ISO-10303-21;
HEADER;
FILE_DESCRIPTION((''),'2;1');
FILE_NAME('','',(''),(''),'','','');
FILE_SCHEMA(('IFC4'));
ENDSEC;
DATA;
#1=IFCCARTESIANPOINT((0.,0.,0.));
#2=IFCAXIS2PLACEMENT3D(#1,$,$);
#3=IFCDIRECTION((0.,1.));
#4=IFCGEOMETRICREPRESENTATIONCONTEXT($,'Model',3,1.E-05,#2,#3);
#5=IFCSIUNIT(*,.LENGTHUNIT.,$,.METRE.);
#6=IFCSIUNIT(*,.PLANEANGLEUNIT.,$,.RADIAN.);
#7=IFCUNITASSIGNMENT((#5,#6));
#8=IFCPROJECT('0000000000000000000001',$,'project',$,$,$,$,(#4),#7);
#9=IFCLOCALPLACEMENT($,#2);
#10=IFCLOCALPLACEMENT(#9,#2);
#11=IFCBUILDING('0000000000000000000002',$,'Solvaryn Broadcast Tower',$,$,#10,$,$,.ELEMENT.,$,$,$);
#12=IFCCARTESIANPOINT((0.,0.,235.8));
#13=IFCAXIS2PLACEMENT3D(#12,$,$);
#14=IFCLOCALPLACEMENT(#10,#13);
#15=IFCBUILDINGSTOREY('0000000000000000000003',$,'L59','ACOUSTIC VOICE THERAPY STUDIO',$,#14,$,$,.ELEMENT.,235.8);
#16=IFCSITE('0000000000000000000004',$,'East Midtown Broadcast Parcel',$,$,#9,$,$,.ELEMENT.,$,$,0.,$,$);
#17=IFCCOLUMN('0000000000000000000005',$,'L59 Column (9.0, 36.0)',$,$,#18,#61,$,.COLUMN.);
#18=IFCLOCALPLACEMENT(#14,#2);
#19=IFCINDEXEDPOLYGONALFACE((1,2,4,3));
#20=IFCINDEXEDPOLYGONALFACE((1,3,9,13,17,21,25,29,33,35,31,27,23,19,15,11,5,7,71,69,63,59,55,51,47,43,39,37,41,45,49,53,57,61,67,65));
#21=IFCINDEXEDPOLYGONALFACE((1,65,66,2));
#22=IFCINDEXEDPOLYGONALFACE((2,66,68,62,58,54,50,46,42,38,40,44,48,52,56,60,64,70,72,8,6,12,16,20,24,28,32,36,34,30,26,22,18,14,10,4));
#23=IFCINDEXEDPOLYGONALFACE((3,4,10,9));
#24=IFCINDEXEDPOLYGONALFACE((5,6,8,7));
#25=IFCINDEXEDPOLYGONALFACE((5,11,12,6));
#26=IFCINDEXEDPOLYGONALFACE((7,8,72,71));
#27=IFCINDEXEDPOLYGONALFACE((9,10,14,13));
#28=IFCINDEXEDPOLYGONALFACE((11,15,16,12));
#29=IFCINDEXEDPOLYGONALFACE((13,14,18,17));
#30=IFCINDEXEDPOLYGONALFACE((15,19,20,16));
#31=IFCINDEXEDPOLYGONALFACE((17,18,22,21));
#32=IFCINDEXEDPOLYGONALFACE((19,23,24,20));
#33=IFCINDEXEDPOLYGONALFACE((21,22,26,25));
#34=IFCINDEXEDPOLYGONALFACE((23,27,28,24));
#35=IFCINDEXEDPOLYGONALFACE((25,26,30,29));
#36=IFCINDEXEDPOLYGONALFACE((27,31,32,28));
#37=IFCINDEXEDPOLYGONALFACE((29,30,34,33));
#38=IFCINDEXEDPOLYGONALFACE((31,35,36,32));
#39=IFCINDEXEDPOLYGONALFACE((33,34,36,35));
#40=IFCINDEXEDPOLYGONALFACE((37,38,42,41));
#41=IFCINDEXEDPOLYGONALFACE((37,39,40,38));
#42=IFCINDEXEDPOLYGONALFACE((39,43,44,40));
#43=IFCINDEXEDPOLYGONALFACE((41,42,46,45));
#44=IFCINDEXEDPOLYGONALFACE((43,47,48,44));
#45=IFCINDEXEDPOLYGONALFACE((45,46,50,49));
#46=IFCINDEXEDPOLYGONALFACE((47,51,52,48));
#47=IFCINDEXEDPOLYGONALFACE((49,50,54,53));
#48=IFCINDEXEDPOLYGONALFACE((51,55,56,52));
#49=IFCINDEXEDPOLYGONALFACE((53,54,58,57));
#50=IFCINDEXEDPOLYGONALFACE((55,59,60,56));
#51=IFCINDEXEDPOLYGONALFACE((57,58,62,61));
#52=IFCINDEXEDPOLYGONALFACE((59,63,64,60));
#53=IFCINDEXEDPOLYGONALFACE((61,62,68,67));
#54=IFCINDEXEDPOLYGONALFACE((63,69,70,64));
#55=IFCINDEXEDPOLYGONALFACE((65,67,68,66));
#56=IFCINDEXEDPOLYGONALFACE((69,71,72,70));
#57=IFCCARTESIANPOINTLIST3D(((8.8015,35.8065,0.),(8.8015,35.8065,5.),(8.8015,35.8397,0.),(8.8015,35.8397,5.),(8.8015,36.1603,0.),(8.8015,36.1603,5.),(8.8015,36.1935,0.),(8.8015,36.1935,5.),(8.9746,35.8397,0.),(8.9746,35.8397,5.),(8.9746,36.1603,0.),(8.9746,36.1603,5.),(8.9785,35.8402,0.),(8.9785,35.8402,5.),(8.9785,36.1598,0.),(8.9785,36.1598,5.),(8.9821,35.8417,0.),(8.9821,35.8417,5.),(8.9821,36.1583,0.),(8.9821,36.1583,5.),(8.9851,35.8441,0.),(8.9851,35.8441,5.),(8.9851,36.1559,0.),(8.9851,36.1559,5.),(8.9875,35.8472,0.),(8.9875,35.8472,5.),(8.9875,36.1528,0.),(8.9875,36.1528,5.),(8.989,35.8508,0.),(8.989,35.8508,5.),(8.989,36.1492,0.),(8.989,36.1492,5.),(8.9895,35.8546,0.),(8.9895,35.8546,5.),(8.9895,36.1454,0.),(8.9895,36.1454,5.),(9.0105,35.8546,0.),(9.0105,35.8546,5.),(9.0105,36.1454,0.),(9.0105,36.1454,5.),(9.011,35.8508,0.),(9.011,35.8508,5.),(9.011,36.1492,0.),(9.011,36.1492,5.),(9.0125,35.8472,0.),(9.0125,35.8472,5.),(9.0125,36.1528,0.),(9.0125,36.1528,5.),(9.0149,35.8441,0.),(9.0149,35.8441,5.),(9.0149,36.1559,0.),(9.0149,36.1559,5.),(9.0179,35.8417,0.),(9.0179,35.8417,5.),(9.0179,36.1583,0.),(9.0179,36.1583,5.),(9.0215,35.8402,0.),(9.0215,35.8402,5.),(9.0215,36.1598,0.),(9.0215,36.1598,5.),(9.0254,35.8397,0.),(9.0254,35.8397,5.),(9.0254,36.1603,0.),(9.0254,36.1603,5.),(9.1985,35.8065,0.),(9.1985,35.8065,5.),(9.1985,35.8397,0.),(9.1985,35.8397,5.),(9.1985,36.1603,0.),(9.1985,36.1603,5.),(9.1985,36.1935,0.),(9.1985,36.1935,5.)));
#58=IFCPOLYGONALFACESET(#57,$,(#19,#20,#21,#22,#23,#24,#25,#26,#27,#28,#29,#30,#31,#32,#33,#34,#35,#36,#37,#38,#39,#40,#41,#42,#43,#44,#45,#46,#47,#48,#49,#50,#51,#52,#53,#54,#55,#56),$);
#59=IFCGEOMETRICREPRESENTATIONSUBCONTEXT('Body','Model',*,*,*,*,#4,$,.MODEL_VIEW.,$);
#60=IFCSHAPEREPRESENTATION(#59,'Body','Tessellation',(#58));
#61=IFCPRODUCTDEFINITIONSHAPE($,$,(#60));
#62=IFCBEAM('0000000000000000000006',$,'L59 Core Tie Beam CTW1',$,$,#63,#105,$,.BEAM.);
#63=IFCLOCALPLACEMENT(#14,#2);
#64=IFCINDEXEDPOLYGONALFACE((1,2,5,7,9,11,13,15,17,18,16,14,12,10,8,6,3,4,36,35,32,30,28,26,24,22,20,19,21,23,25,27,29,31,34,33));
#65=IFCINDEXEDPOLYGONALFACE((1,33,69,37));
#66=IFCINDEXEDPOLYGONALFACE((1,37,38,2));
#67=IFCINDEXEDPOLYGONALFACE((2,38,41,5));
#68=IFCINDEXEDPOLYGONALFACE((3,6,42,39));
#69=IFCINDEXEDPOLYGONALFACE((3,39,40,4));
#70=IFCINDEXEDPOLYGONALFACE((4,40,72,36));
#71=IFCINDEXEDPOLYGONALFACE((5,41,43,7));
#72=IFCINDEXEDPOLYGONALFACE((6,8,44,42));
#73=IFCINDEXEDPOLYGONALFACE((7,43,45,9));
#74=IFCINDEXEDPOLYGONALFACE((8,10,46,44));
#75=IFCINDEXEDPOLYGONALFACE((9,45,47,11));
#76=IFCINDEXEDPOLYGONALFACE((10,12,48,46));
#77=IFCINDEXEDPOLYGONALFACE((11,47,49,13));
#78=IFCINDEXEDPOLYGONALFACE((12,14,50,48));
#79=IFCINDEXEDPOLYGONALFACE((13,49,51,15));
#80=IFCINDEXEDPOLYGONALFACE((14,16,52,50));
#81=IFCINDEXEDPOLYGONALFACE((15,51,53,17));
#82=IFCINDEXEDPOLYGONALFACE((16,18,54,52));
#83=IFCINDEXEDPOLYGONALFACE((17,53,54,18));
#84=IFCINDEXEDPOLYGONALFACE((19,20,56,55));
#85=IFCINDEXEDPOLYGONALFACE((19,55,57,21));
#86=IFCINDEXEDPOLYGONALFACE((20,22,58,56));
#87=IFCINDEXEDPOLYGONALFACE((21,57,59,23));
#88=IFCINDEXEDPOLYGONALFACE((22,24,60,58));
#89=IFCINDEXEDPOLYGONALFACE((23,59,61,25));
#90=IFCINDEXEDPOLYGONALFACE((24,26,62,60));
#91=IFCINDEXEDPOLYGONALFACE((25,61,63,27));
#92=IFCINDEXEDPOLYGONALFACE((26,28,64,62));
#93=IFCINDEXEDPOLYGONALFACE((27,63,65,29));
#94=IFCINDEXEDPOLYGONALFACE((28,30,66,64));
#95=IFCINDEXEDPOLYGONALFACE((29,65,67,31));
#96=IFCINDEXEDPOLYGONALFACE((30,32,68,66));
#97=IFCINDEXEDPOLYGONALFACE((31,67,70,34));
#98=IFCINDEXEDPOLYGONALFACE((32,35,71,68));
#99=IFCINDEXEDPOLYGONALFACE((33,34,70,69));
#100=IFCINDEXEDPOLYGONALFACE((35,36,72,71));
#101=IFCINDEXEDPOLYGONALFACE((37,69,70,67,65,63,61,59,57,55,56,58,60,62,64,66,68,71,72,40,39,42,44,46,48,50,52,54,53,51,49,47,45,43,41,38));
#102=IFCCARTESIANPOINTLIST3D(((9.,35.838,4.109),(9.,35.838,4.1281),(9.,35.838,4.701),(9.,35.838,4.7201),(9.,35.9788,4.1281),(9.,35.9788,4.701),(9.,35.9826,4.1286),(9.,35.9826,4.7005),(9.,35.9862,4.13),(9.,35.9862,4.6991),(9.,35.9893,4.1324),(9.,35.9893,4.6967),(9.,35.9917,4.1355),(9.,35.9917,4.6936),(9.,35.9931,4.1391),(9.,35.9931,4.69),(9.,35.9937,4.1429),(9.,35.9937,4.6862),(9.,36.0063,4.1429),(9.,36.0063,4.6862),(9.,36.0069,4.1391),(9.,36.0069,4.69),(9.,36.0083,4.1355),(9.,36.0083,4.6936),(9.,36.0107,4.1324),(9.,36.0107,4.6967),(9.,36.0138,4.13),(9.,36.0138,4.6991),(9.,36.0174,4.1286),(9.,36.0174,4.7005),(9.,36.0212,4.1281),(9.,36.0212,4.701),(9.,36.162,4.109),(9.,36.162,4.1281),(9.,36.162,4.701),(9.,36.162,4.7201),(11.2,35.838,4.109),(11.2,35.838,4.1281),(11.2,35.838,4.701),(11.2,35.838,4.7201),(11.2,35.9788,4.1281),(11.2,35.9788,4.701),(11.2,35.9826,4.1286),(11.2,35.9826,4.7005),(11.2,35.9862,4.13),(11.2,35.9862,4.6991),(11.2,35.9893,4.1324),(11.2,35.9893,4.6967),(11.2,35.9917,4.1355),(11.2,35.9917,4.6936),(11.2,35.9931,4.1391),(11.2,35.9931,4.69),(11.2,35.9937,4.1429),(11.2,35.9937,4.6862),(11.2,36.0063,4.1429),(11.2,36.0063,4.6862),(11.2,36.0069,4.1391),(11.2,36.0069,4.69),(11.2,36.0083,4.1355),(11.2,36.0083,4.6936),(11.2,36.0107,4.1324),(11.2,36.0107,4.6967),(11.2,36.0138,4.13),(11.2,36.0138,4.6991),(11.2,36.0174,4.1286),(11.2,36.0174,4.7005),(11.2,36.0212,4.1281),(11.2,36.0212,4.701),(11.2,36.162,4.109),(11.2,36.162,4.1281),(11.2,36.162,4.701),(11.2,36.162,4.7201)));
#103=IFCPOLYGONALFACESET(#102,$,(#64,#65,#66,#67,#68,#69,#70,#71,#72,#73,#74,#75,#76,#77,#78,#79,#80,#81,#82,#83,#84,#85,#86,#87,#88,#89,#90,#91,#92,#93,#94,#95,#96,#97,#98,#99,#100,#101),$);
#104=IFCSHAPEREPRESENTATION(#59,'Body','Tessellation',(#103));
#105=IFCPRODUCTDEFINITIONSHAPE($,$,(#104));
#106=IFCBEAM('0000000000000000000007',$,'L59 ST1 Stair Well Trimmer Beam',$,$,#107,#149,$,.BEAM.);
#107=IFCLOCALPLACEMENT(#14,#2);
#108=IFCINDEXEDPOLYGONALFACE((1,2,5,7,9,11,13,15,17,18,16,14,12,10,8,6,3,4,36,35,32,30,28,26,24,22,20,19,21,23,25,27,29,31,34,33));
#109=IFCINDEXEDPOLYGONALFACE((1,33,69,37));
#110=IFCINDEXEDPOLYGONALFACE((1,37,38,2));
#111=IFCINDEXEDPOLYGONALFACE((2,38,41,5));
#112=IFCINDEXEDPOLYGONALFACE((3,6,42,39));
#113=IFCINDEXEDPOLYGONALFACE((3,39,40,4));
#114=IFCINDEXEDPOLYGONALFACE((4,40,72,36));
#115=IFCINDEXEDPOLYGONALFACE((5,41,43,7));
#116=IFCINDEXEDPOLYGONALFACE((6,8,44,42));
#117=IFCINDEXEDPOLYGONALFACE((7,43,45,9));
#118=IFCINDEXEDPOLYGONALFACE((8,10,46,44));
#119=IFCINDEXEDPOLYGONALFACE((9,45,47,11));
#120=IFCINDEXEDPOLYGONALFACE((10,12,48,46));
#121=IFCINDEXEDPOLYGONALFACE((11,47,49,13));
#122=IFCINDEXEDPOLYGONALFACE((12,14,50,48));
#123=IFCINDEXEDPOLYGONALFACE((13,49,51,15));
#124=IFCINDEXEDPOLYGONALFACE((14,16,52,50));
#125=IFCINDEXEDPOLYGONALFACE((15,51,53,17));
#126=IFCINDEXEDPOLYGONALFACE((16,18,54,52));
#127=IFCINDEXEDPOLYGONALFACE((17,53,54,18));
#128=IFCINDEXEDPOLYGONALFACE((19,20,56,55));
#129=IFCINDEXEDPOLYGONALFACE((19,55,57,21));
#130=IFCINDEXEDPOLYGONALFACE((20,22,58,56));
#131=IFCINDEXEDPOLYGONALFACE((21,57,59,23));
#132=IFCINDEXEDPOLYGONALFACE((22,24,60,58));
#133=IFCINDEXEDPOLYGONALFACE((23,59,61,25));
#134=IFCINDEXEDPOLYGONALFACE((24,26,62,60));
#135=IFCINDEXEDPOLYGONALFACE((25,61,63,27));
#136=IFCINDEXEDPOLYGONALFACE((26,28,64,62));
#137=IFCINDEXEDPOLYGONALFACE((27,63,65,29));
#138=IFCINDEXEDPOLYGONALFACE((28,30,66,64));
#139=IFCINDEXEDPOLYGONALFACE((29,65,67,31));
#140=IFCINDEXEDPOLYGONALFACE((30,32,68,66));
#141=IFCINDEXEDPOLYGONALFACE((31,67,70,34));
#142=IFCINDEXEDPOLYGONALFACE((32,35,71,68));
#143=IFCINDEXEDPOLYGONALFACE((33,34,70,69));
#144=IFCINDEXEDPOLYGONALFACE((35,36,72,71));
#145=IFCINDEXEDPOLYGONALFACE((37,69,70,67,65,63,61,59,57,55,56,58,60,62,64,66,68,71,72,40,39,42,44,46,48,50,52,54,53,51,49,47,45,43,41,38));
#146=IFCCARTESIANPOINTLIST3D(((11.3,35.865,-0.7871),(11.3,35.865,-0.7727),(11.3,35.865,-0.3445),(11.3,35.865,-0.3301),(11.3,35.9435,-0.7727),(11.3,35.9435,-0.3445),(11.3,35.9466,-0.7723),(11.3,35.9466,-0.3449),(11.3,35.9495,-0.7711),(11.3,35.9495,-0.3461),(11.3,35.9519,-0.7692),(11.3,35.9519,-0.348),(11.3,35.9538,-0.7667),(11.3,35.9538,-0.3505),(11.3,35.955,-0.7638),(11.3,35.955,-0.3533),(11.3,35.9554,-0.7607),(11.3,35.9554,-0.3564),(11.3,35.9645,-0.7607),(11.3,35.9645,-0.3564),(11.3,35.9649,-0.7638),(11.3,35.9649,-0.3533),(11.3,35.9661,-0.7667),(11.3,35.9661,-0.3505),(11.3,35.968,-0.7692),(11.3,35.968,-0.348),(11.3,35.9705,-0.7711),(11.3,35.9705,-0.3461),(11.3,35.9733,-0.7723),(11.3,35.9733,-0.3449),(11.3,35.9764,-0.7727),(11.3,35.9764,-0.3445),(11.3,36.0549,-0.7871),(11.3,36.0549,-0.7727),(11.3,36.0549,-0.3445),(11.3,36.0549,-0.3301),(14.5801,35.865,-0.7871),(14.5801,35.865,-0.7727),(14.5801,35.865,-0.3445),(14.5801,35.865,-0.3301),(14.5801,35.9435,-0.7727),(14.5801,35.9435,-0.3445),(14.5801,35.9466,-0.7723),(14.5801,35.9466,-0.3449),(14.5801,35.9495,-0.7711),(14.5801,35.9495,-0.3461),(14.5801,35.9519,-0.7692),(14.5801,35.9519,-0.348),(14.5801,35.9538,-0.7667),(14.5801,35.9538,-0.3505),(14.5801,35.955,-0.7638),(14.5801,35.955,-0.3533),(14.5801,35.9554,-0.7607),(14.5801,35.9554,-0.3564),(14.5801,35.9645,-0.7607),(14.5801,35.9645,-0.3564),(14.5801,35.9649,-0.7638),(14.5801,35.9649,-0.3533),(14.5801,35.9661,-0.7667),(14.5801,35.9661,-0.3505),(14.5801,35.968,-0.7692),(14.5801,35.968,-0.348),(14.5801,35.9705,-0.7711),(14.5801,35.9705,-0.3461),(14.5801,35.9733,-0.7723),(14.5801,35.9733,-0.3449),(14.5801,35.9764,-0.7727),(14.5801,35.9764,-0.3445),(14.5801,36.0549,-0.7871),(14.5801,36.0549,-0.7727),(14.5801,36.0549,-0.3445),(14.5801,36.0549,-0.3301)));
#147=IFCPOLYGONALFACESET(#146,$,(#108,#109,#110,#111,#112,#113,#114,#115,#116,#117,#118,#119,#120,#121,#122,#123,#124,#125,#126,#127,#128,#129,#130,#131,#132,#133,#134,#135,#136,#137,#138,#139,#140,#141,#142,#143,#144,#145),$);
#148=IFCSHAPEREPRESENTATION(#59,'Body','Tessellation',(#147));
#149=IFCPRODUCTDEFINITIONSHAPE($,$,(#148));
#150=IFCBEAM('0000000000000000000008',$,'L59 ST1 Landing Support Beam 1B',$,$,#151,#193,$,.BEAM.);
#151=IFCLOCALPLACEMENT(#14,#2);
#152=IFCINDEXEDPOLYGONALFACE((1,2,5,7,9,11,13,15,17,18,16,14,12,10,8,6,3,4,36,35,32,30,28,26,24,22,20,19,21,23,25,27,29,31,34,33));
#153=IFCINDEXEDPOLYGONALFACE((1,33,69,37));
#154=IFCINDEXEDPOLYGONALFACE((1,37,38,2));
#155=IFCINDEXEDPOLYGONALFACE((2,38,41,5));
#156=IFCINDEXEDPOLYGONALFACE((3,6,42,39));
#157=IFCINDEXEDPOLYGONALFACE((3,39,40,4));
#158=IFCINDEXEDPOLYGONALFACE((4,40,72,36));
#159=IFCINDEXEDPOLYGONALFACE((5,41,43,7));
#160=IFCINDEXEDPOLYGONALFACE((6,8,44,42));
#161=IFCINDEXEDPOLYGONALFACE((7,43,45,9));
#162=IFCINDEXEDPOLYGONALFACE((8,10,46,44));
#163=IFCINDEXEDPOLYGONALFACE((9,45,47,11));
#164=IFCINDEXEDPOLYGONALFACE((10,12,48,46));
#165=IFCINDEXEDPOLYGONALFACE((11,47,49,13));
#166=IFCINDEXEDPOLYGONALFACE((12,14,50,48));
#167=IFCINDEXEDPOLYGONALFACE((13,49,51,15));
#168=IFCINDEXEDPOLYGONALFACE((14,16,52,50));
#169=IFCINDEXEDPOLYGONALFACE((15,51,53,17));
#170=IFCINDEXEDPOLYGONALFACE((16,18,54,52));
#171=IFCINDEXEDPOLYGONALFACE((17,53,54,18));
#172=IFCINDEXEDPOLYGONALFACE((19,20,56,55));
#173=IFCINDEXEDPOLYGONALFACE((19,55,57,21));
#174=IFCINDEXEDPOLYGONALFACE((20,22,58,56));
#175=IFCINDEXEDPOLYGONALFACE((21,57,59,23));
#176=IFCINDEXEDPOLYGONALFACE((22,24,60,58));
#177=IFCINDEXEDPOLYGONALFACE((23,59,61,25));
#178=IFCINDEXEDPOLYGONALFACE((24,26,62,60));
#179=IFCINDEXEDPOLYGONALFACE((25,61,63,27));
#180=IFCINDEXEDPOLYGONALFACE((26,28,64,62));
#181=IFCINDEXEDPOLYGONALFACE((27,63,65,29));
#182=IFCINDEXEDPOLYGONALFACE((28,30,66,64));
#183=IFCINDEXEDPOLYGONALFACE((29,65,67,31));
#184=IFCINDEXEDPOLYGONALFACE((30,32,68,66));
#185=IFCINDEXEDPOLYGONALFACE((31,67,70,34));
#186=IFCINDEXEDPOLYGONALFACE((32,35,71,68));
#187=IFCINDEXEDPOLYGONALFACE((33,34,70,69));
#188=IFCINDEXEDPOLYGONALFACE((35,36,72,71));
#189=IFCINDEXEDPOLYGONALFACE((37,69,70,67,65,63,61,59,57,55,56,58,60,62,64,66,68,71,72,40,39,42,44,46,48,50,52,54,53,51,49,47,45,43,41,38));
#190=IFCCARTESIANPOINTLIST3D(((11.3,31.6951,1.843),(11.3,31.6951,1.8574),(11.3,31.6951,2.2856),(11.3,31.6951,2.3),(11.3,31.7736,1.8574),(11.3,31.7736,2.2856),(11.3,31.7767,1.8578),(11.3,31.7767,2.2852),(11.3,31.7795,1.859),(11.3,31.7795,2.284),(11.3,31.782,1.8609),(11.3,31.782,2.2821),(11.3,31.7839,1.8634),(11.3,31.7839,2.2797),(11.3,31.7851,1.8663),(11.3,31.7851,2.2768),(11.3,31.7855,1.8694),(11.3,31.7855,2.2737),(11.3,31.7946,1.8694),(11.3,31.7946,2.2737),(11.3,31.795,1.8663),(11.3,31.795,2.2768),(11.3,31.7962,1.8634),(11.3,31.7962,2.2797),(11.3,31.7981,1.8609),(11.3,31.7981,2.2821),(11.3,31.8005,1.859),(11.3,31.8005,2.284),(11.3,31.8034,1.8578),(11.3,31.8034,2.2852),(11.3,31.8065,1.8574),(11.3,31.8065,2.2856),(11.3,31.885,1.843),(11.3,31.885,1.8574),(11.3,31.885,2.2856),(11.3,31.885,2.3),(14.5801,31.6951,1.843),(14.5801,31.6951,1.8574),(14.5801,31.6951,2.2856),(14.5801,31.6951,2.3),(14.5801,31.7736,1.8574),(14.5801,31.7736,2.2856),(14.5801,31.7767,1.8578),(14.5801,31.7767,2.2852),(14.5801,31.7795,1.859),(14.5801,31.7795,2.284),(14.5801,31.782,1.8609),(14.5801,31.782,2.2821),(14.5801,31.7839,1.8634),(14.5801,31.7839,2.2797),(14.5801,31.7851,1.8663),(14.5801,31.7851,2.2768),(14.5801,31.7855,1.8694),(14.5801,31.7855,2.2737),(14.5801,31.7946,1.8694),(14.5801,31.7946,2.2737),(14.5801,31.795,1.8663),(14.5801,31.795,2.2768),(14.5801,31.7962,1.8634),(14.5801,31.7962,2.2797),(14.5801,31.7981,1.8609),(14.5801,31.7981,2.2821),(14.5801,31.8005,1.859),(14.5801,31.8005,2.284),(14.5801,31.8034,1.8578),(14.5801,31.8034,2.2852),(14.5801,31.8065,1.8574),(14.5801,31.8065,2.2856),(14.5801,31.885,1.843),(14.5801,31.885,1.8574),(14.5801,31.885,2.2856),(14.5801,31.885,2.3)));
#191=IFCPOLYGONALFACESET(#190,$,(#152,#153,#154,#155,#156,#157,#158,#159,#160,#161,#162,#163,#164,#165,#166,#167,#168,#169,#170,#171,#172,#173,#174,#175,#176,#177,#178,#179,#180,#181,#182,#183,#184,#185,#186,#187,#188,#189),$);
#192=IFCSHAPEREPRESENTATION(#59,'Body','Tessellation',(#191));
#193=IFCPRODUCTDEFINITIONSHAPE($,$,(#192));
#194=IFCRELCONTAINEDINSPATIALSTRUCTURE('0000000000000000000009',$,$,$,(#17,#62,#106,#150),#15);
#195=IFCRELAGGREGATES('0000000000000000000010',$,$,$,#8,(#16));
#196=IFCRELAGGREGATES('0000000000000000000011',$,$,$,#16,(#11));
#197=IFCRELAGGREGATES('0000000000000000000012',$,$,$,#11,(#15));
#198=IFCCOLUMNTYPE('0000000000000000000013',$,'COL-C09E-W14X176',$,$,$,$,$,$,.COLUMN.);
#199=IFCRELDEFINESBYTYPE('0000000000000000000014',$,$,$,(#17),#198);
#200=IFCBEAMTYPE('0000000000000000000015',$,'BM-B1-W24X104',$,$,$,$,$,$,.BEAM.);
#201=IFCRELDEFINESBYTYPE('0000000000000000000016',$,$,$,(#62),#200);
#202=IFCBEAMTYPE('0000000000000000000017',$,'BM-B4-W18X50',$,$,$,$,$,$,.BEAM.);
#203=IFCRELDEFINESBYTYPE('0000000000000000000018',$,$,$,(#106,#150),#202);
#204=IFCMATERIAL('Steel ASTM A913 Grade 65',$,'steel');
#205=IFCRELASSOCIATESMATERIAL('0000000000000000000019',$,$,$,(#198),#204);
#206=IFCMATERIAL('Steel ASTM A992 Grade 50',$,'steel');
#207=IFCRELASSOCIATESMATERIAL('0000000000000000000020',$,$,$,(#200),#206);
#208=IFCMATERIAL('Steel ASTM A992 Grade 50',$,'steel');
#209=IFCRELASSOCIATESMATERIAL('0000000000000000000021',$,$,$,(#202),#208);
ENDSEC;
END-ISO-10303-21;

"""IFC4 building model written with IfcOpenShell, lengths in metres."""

from ifc_helpers import new_model, si_unit, direction, frame, origin, origin_2d, place, context, subcontext, project, spatial, i_section, extrude, material, material_profile, profile_set, type_object, element, save


model = new_model("IFC4")

# Units and contexts
model_context = context("Model", 3, precision=1e-05, world=origin(), true_north=direction((0.0, 1.0)))
body_context = subcontext(model_context, "Body", "Model", "MODEL_VIEW")
ifc_project = project(units=[si_unit("LENGTHUNIT", "METRE"), si_unit("PLANEANGLEUNIT", "RADIAN")], contexts=[model_context])

# Site, building, storey
site_placement = place(None, origin())
site = spatial("IfcSite", under=ifc_project, at=site_placement, Name="East Midtown Broadcast Parcel", CompositionType="ELEMENT", RefElevation=0.0)
building_placement = place(site_placement, origin())
building = spatial("IfcBuilding", under=site, at=building_placement, Name="Solvaryn Broadcast Tower", CompositionType="ELEMENT")
storey_placement = place(building_placement, frame((0.0, 0.0, 235.8)))
storey = spatial("IfcBuildingStorey", under=building, at=storey_placement, Name="L59", Description="ACOUSTIC VOICE THERAPY STUDIO", CompositionType="ELEMENT", Elevation=235.8)

# Column
ifc_material_1 = material(Name="Steel ASTM A913 Grade 65", Category="steel")
ifc_material_profile_1 = material_profile(ifc_material_1, i_section(OverallWidth=0.397, OverallDepth=0.387, WebThickness=0.021, FlangeThickness=0.0332, FilletRadius=0.0149, at=origin_2d()))
ifc_profile_set_1 = profile_set([ifc_material_profile_1], Name="Steel ASTM A913 Grade 65")
column_type = type_object("IfcColumnType", Name="COL-C09E-W14X176", PredefinedType="COLUMN", material=ifc_profile_set_1)
column_placement = place(storey_placement, frame((9.0, 36.0, 0.0), z_axis=(0.0, 0.0, 1.0), x_axis=(1.0, 0.0, 0.0)))
element("IfcColumn", 1, at=column_placement, inside=storey, type_object=column_type, Name="L59 Column (9.0, 36.0)", PredefinedType="COLUMN", context=body_context, shape_type="SweptSolid", body=[
    extrude(i_section(OverallWidth=0.397, OverallDepth=0.387, WebThickness=0.021, FlangeThickness=0.0332, FilletRadius=0.0149, at=origin_2d()), origin(), (0.0, 0.0, 1.0), 5.0),
])

# Beams
ifc_material_2 = material(Name="Steel ASTM A992 Grade 50", Category="steel")
ifc_material_profile_2 = material_profile(ifc_material_2, i_section(OverallWidth=0.324, OverallDepth=0.6111, WebThickness=0.0127, FlangeThickness=0.019, FilletRadius=0.0149, at=origin_2d()))
ifc_profile_set_2 = profile_set([ifc_material_profile_2], Name="Steel ASTM A992 Grade 50")
beam_type_1 = type_object("IfcBeamType", Name="BM-B1-W24X104", PredefinedType="BEAM", material=ifc_profile_set_2)
beam_1_placement = place(storey_placement, frame((9.0, 36.0, 4.4146), z_axis=(1.0, 0.0, 0.0), x_axis=(0.0, 1.0, 0.0)))
element("IfcBeam", 2, at=beam_1_placement, inside=storey, type_object=beam_type_1, Name="L59 Core Tie Beam CTW1", PredefinedType="BEAM", context=body_context, shape_type="SweptSolid", body=[
    extrude(i_section(OverallWidth=0.324, OverallDepth=0.6111, WebThickness=0.0127, FlangeThickness=0.019, FilletRadius=0.0149, at=origin_2d()), origin(), (0.0, 0.0, 1.0), 2.2),
])
ifc_material_3 = material(Name="Steel ASTM A992 Grade 50", Category="steel")
ifc_material_profile_3 = material_profile(ifc_material_3, i_section(OverallWidth=0.1899, OverallDepth=0.457, WebThickness=0.009, FlangeThickness=0.0144, FilletRadius=0.012, at=origin_2d()))
ifc_profile_set_3 = profile_set([ifc_material_profile_3], Name="Steel ASTM A992 Grade 50")
beam_type_2 = type_object("IfcBeamType", Name="BM-B4-W18X50", PredefinedType="BEAM", material=ifc_profile_set_3)
for number, where, z_axis, x_axis, name in (
    (3, (11.3, 35.96, -0.5586), (1.0, 0.0, 0.0), (0.0, 1.0, 0.0), "L59 ST1 Stair Well Trimmer Beam"),
    (4, (11.3, 31.79, 2.0715), (1.0, 0.0, 0.0), (0.0, 1.0, 0.0), "L59 ST1 Landing Support Beam 1B"),
):
    element("IfcBeam", number, at=place(storey_placement, frame(where, z_axis=z_axis, x_axis=x_axis)), inside=storey, type_object=beam_type_2, Name=name, PredefinedType="BEAM", context=body_context, shape_type="SweptSolid", body=[
        extrude(i_section(OverallWidth=0.1899, OverallDepth=0.457, WebThickness=0.009, FlangeThickness=0.0144, FilletRadius=0.012, at=origin_2d()), origin(), (0.0, 0.0, 1.0), 3.28),
    ])

save(model, "model.ifc")
